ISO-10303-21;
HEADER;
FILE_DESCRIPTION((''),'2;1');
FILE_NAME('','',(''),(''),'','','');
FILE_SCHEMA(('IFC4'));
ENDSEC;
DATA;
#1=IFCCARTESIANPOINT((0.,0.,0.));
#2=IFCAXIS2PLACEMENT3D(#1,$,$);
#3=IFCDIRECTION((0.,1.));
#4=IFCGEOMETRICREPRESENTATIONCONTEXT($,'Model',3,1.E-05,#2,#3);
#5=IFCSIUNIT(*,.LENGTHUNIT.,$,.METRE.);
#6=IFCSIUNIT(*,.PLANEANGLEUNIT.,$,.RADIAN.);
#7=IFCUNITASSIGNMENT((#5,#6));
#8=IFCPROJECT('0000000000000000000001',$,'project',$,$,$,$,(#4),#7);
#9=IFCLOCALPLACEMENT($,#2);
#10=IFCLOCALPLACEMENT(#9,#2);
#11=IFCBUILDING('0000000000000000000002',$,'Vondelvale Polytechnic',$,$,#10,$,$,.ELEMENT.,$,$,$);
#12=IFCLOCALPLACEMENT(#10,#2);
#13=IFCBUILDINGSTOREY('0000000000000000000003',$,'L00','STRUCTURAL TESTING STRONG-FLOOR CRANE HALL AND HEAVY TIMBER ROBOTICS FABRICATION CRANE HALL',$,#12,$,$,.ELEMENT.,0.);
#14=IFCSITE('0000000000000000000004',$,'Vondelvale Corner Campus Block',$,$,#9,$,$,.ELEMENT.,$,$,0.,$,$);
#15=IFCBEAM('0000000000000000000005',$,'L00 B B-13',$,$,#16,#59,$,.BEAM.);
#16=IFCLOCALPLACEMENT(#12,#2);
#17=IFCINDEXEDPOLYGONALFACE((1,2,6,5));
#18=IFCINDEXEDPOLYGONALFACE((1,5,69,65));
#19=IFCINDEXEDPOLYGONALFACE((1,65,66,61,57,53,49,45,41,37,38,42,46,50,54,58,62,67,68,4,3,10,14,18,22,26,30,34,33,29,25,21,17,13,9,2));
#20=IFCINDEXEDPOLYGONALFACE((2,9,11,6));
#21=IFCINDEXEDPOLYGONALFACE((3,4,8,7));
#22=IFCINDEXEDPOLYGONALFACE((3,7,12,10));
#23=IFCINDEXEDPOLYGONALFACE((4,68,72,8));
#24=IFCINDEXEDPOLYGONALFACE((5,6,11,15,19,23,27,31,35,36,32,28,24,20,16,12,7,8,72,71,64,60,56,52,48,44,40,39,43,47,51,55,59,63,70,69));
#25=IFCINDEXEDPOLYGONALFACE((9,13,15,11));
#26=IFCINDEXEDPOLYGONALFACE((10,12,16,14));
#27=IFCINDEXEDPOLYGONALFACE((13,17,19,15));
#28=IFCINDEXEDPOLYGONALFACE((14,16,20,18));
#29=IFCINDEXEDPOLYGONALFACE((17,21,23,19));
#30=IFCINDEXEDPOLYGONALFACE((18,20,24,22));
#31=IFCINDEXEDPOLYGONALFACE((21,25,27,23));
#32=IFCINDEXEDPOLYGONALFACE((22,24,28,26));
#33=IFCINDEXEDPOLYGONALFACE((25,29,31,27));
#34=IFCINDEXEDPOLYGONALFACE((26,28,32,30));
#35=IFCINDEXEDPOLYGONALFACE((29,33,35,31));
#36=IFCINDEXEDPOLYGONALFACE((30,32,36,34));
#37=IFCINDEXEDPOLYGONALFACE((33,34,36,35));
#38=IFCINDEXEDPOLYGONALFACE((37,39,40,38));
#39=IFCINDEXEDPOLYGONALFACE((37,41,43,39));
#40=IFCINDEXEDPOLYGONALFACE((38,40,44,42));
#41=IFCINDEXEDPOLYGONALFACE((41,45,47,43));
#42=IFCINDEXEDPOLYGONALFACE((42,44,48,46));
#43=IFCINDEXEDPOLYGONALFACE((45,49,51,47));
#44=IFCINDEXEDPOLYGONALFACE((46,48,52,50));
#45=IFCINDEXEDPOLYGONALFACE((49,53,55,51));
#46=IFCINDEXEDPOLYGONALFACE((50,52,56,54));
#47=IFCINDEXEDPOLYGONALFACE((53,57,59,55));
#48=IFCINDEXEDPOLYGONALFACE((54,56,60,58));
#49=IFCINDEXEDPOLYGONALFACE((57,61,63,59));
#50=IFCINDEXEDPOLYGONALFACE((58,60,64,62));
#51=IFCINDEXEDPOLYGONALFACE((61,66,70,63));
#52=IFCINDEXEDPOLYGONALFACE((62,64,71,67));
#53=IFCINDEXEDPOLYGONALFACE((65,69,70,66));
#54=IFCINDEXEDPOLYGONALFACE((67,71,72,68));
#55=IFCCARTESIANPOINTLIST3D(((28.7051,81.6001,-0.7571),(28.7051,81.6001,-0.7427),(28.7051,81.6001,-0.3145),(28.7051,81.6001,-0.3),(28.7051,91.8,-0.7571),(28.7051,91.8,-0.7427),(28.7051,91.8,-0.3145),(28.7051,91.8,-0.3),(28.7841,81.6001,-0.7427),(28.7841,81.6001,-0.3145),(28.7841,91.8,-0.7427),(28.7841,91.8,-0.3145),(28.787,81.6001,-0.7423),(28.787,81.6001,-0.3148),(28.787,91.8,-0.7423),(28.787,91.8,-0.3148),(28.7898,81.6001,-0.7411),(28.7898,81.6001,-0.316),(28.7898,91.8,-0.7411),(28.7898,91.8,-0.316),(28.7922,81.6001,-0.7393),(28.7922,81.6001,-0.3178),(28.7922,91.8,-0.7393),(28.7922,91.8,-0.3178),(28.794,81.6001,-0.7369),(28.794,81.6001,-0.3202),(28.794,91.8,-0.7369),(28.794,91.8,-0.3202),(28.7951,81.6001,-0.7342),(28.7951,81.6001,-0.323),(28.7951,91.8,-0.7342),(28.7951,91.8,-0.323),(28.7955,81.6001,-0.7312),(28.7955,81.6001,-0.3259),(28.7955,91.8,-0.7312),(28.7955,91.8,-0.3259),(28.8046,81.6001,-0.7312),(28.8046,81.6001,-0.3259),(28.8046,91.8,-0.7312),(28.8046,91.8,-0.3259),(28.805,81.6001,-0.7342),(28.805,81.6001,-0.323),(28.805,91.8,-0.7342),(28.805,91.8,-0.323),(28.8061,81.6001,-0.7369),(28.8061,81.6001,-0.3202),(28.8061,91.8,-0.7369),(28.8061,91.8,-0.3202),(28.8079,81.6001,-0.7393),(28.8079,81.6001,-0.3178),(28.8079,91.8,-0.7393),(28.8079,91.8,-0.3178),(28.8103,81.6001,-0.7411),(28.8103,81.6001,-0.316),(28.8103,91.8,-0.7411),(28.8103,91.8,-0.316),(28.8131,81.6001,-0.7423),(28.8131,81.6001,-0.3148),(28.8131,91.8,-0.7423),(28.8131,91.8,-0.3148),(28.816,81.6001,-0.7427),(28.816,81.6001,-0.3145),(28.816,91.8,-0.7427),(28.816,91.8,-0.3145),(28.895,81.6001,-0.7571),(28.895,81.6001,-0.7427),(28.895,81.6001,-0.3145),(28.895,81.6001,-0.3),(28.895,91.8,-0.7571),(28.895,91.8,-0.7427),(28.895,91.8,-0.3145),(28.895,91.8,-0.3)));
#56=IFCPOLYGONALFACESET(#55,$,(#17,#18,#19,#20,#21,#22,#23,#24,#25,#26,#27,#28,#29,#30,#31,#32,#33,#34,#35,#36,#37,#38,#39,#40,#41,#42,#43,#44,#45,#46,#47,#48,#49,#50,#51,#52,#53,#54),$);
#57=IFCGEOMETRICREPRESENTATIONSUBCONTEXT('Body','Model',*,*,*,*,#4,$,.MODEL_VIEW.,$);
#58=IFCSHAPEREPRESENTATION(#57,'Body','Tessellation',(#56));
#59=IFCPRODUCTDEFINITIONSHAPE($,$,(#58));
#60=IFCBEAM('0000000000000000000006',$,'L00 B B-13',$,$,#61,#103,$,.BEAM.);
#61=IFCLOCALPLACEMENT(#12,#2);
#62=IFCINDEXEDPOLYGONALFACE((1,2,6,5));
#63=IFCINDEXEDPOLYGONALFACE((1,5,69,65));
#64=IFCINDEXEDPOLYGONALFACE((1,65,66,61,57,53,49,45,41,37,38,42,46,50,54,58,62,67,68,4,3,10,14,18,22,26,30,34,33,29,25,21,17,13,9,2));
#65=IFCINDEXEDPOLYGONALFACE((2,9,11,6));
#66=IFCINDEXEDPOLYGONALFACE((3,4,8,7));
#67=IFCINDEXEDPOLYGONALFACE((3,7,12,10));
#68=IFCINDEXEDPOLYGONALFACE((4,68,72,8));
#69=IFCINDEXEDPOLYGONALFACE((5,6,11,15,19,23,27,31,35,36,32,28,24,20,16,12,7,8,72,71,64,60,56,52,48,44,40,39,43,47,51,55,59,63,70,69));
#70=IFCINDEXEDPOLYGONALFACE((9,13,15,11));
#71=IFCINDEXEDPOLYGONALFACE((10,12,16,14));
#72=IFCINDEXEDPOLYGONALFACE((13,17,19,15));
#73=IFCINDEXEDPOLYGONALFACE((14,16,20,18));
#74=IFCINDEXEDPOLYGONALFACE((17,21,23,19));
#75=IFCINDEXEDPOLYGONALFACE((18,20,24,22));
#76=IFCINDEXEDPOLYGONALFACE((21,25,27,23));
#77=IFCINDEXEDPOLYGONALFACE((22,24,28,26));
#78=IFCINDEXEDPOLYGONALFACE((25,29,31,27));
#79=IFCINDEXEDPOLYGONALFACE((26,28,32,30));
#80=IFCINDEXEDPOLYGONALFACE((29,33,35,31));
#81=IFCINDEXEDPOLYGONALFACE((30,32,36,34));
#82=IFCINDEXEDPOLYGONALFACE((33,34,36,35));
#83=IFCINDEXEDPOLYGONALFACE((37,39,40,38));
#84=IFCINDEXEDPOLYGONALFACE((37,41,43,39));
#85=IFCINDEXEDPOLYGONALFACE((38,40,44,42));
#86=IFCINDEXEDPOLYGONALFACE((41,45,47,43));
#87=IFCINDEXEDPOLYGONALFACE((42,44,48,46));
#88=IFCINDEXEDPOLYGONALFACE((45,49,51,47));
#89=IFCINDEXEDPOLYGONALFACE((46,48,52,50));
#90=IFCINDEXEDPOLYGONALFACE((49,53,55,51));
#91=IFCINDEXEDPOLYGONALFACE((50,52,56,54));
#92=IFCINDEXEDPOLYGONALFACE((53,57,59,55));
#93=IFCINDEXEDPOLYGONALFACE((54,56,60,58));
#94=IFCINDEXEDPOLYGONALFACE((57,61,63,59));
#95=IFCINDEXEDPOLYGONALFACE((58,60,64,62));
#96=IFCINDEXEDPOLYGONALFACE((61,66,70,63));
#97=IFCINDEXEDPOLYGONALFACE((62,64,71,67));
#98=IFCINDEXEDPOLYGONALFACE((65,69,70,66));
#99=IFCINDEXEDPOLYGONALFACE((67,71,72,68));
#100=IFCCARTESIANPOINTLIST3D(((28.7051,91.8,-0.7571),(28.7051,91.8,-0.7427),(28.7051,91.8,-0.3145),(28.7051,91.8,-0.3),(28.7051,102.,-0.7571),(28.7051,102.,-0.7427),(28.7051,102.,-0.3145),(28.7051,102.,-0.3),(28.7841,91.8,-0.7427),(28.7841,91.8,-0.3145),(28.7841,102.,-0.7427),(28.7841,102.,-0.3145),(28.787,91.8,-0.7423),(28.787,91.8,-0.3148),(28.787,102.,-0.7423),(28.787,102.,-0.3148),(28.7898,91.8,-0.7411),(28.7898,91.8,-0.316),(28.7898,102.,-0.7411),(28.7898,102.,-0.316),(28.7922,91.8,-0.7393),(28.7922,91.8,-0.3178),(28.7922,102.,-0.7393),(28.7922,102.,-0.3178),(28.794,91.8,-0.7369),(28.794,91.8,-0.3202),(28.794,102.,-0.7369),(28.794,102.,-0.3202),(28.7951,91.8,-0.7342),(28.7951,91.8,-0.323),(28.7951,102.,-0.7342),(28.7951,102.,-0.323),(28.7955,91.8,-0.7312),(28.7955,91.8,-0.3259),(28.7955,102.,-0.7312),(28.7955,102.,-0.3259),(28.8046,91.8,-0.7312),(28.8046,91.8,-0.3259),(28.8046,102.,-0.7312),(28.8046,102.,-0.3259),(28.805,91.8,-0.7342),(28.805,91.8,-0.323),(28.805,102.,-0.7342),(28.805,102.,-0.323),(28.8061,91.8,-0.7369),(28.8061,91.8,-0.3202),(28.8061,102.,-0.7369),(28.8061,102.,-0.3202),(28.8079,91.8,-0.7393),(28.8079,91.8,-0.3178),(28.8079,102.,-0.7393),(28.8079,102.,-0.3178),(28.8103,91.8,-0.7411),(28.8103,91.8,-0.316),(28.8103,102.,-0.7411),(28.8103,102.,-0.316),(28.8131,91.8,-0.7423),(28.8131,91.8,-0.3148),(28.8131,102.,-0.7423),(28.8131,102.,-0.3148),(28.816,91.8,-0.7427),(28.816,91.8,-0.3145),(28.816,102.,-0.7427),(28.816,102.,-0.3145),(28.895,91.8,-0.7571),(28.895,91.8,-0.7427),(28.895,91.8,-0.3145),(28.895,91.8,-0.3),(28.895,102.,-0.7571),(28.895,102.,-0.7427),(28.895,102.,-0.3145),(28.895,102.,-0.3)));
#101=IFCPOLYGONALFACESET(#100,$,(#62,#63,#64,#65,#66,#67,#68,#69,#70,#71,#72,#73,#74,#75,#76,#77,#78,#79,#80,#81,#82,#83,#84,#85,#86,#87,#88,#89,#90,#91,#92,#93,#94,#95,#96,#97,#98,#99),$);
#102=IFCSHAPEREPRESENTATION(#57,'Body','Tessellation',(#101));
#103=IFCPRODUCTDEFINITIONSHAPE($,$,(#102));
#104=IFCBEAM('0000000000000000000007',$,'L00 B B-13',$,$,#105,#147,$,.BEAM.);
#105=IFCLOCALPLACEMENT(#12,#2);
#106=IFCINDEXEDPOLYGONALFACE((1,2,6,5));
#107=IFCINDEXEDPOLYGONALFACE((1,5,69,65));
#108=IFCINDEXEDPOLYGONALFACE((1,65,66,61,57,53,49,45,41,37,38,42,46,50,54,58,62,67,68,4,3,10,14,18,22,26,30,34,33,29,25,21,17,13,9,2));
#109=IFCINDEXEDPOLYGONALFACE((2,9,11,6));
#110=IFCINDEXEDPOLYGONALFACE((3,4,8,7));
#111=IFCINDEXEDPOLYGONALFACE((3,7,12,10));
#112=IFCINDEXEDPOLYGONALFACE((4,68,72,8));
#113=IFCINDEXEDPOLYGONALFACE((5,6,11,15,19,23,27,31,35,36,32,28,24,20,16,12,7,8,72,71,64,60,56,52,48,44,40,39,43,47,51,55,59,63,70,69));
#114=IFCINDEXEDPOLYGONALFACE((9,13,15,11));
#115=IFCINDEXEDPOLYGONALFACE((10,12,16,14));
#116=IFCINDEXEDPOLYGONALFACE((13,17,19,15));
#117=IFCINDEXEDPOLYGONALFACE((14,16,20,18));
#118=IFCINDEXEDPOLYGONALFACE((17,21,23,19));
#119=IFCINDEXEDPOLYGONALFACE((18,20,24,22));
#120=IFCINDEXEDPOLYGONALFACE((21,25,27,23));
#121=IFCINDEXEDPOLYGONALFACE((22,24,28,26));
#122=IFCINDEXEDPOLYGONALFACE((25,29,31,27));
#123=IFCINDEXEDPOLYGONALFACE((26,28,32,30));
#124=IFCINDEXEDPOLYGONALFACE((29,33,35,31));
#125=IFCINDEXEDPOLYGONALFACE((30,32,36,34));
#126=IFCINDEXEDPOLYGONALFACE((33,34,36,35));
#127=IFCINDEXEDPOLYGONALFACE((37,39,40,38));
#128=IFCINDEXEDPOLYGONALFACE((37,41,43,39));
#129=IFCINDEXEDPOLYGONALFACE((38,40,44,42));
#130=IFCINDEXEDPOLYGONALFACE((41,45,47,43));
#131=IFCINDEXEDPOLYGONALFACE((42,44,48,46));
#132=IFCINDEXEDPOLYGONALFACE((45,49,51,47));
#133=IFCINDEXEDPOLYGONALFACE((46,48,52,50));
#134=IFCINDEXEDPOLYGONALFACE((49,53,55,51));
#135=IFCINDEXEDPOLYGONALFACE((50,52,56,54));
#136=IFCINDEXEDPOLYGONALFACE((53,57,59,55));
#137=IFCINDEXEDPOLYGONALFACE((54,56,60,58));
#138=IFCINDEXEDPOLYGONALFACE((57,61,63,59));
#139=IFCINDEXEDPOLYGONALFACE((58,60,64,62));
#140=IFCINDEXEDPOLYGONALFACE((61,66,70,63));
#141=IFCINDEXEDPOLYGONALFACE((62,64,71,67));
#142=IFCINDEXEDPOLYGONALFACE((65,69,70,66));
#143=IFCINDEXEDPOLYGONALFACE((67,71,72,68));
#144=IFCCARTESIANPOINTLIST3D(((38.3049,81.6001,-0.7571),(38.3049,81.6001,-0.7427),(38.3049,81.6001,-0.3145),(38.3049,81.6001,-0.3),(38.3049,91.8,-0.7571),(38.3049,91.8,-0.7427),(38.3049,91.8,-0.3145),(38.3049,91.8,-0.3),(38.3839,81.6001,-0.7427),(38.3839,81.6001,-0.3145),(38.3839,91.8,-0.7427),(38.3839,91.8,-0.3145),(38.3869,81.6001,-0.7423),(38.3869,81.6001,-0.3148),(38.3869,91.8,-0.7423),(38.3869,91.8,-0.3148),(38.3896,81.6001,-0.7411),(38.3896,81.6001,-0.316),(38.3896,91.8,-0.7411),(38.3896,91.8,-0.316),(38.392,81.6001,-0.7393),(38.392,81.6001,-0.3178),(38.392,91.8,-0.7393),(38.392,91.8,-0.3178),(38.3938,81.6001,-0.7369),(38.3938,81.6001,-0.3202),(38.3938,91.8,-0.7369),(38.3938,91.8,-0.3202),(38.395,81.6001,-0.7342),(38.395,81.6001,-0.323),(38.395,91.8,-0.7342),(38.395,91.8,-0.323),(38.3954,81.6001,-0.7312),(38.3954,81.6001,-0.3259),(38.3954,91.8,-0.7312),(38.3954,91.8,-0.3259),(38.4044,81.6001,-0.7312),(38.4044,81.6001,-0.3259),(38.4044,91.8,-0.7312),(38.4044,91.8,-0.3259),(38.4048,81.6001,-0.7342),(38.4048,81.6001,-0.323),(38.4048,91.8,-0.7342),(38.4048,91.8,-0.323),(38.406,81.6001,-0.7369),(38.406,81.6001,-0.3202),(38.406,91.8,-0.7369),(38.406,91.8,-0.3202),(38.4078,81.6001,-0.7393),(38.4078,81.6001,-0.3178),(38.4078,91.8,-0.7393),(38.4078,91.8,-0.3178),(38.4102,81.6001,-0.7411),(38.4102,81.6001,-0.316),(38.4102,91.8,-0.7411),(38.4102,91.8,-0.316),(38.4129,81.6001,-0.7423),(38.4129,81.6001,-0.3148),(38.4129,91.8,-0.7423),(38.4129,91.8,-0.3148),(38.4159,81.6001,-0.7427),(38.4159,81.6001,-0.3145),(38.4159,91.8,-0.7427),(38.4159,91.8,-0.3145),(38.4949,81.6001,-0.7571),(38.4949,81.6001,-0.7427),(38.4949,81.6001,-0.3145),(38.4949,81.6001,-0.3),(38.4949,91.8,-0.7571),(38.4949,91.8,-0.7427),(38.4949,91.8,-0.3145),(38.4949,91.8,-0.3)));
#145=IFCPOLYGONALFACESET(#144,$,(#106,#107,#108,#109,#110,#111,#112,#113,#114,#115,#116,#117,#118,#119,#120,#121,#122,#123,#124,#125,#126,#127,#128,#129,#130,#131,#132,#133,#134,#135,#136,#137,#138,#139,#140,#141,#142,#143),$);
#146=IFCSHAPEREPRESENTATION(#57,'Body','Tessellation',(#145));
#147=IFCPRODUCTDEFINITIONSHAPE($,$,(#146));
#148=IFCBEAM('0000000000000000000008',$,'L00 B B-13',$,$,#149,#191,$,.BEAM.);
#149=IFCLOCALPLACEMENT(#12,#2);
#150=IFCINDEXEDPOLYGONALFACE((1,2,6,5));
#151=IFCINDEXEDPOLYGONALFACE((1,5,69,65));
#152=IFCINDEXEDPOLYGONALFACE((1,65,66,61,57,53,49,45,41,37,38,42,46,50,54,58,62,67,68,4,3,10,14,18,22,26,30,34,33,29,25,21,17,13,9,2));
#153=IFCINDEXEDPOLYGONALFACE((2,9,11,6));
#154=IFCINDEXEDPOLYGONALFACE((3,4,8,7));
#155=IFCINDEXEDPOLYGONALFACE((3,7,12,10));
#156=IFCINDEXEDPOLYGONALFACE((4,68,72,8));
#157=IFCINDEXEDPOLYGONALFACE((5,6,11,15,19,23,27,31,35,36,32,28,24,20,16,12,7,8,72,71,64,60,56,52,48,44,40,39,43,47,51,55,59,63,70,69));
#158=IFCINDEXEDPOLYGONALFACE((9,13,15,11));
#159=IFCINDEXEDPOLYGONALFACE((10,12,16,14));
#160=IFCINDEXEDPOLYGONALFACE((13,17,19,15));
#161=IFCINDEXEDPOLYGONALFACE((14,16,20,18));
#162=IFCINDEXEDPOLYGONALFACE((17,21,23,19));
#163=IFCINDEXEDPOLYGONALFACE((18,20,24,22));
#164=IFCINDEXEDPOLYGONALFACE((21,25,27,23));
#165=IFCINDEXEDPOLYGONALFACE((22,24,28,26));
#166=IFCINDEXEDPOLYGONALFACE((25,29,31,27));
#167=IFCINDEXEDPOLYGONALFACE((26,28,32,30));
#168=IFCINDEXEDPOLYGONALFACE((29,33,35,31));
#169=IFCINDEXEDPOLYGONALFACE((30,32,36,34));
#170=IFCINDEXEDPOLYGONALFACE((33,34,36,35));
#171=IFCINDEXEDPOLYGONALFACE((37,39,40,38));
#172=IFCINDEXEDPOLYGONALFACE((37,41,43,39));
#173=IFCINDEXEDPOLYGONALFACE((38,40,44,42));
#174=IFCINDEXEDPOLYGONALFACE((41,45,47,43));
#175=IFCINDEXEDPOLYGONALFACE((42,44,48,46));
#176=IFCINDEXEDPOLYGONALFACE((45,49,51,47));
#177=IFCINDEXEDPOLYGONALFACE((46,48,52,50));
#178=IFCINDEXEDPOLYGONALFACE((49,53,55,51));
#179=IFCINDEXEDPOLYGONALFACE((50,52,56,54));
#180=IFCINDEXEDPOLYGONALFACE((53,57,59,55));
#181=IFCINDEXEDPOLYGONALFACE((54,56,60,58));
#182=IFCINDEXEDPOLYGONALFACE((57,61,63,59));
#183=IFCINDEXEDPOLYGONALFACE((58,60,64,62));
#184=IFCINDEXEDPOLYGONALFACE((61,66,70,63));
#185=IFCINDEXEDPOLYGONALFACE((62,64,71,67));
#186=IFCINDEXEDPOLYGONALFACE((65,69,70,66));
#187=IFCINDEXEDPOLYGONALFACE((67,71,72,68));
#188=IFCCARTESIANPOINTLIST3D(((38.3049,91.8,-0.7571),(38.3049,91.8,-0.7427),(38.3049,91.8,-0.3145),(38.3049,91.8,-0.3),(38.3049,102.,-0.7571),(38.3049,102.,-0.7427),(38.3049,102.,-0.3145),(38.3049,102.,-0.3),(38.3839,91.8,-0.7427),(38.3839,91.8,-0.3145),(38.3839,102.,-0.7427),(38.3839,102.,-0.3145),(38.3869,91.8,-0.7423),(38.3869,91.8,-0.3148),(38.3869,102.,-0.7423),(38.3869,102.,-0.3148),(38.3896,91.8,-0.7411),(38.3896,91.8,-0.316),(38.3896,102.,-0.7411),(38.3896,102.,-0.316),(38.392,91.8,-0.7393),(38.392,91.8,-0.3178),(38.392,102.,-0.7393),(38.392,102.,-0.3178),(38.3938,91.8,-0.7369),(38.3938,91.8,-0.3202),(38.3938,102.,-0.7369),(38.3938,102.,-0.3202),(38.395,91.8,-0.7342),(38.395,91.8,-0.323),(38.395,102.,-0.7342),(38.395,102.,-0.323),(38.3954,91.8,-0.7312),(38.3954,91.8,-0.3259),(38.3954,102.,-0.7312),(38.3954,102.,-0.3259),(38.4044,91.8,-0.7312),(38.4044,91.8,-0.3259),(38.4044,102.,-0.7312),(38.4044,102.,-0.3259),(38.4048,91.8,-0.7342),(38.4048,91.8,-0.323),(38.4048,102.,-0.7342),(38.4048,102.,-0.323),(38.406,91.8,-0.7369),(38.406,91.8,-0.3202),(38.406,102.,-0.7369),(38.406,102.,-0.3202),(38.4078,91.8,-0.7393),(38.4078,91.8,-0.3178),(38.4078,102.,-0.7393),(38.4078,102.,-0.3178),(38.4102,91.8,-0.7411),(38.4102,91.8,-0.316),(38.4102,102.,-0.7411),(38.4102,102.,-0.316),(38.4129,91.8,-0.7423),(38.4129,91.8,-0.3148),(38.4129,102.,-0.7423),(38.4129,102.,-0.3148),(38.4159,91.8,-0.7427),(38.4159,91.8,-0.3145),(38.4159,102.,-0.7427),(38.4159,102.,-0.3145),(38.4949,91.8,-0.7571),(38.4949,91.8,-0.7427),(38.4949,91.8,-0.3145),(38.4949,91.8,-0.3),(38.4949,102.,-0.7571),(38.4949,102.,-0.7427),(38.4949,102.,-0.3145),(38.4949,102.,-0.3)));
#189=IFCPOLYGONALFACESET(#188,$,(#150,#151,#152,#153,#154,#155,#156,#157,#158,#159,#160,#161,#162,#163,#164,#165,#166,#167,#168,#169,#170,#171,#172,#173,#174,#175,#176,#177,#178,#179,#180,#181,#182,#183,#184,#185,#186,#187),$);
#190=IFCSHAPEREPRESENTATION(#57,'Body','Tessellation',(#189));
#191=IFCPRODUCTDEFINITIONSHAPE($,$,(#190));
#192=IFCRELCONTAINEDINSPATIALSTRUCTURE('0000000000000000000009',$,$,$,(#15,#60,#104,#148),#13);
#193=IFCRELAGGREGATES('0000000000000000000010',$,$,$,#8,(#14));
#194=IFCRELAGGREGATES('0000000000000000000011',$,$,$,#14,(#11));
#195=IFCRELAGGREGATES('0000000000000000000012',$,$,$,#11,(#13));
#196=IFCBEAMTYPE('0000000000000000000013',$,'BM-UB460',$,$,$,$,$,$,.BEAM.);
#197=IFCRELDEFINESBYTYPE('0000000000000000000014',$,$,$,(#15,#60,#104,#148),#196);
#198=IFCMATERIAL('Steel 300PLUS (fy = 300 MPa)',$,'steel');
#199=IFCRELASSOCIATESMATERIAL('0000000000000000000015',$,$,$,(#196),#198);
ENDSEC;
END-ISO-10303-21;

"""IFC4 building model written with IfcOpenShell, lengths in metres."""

from ifc_helpers import new_model, si_unit, direction, frame, origin, origin_2d, place, context, subcontext, project, spatial, i_section, extrude, material, material_profile, profile_set, type_object, element, save


model = new_model("IFC4")

# Units and contexts
model_context = context("Model", 3, precision=1e-05, world=origin(), true_north=direction((0.0, 1.0)))
body_context = subcontext(model_context, "Body", "Model", "MODEL_VIEW")
ifc_project = project(units=[si_unit("LENGTHUNIT", "METRE"), si_unit("PLANEANGLEUNIT", "RADIAN")], contexts=[model_context])

# Site, building, storey
site_placement = place(None, origin())
site = spatial("IfcSite", under=ifc_project, at=site_placement, Name="Vondelvale Corner Campus Block", CompositionType="ELEMENT", RefElevation=0.0)
building_placement = place(site_placement, origin())
building = spatial("IfcBuilding", under=site, at=building_placement, Name="Vondelvale Polytechnic", CompositionType="ELEMENT")
storey_placement = place(building_placement, origin())
storey = spatial("IfcBuildingStorey", under=building, at=storey_placement, Name="L00", Description="STRUCTURAL TESTING STRONG-FLOOR CRANE HALL AND HEAVY TIMBER ROBOTICS FABRICATION CRANE HALL", CompositionType="ELEMENT", Elevation=0.0)

# Beams
ifc_material_1 = material(Name="Steel 300PLUS (fy = 300 MPa)", Category="steel")
ifc_material_profile_1 = material_profile(ifc_material_1, i_section(OverallWidth=0.1899, OverallDepth=0.457, WebThickness=0.009, FlangeThickness=0.0144, FilletRadius=0.0115, at=origin_2d()), Name="460UB74.6")
ifc_profile_set_1 = profile_set([ifc_material_profile_1], Name="Steel 300PLUS (fy = 300 MPa)")
beam_type_1 = type_object("IfcBeamType", Name="BM-UB460", PredefinedType="BEAM", material=ifc_profile_set_1)
for number, where, z_axis, x_axis, name in (
    (1, (28.8, 81.6001, -0.5286), (0.0, 1.0, 0.0), (-1.0, 0.0, 0.0), "L00 B B-13"),
    (2, (28.8, 91.8, -0.5286), (0.0, 1.0, 0.0), (-1.0, 0.0, 0.0), "L00 B B-13"),
    (3, (38.3999, 81.6001, -0.5286), (0.0, 1.0, 0.0), (-1.0, 0.0, 0.0), "L00 B B-13"),
    (4, (38.3999, 91.8, -0.5286), (0.0, 1.0, 0.0), (-1.0, 0.0, 0.0), "L00 B B-13"),
):
    element("IfcBeam", number, at=place(storey_placement, frame(where, z_axis=z_axis, x_axis=x_axis)), inside=storey, type_object=beam_type_1, Name=name, PredefinedType="BEAM", context=body_context, shape_type="SweptSolid", body=[
        extrude(i_section(OverallWidth=0.1899, OverallDepth=0.457, WebThickness=0.009, FlangeThickness=0.0144, FilletRadius=0.0115, at=origin_2d()), origin(), (0.0, 0.0, 1.0), 10.2),
    ])

save(model, "model.ifc")
